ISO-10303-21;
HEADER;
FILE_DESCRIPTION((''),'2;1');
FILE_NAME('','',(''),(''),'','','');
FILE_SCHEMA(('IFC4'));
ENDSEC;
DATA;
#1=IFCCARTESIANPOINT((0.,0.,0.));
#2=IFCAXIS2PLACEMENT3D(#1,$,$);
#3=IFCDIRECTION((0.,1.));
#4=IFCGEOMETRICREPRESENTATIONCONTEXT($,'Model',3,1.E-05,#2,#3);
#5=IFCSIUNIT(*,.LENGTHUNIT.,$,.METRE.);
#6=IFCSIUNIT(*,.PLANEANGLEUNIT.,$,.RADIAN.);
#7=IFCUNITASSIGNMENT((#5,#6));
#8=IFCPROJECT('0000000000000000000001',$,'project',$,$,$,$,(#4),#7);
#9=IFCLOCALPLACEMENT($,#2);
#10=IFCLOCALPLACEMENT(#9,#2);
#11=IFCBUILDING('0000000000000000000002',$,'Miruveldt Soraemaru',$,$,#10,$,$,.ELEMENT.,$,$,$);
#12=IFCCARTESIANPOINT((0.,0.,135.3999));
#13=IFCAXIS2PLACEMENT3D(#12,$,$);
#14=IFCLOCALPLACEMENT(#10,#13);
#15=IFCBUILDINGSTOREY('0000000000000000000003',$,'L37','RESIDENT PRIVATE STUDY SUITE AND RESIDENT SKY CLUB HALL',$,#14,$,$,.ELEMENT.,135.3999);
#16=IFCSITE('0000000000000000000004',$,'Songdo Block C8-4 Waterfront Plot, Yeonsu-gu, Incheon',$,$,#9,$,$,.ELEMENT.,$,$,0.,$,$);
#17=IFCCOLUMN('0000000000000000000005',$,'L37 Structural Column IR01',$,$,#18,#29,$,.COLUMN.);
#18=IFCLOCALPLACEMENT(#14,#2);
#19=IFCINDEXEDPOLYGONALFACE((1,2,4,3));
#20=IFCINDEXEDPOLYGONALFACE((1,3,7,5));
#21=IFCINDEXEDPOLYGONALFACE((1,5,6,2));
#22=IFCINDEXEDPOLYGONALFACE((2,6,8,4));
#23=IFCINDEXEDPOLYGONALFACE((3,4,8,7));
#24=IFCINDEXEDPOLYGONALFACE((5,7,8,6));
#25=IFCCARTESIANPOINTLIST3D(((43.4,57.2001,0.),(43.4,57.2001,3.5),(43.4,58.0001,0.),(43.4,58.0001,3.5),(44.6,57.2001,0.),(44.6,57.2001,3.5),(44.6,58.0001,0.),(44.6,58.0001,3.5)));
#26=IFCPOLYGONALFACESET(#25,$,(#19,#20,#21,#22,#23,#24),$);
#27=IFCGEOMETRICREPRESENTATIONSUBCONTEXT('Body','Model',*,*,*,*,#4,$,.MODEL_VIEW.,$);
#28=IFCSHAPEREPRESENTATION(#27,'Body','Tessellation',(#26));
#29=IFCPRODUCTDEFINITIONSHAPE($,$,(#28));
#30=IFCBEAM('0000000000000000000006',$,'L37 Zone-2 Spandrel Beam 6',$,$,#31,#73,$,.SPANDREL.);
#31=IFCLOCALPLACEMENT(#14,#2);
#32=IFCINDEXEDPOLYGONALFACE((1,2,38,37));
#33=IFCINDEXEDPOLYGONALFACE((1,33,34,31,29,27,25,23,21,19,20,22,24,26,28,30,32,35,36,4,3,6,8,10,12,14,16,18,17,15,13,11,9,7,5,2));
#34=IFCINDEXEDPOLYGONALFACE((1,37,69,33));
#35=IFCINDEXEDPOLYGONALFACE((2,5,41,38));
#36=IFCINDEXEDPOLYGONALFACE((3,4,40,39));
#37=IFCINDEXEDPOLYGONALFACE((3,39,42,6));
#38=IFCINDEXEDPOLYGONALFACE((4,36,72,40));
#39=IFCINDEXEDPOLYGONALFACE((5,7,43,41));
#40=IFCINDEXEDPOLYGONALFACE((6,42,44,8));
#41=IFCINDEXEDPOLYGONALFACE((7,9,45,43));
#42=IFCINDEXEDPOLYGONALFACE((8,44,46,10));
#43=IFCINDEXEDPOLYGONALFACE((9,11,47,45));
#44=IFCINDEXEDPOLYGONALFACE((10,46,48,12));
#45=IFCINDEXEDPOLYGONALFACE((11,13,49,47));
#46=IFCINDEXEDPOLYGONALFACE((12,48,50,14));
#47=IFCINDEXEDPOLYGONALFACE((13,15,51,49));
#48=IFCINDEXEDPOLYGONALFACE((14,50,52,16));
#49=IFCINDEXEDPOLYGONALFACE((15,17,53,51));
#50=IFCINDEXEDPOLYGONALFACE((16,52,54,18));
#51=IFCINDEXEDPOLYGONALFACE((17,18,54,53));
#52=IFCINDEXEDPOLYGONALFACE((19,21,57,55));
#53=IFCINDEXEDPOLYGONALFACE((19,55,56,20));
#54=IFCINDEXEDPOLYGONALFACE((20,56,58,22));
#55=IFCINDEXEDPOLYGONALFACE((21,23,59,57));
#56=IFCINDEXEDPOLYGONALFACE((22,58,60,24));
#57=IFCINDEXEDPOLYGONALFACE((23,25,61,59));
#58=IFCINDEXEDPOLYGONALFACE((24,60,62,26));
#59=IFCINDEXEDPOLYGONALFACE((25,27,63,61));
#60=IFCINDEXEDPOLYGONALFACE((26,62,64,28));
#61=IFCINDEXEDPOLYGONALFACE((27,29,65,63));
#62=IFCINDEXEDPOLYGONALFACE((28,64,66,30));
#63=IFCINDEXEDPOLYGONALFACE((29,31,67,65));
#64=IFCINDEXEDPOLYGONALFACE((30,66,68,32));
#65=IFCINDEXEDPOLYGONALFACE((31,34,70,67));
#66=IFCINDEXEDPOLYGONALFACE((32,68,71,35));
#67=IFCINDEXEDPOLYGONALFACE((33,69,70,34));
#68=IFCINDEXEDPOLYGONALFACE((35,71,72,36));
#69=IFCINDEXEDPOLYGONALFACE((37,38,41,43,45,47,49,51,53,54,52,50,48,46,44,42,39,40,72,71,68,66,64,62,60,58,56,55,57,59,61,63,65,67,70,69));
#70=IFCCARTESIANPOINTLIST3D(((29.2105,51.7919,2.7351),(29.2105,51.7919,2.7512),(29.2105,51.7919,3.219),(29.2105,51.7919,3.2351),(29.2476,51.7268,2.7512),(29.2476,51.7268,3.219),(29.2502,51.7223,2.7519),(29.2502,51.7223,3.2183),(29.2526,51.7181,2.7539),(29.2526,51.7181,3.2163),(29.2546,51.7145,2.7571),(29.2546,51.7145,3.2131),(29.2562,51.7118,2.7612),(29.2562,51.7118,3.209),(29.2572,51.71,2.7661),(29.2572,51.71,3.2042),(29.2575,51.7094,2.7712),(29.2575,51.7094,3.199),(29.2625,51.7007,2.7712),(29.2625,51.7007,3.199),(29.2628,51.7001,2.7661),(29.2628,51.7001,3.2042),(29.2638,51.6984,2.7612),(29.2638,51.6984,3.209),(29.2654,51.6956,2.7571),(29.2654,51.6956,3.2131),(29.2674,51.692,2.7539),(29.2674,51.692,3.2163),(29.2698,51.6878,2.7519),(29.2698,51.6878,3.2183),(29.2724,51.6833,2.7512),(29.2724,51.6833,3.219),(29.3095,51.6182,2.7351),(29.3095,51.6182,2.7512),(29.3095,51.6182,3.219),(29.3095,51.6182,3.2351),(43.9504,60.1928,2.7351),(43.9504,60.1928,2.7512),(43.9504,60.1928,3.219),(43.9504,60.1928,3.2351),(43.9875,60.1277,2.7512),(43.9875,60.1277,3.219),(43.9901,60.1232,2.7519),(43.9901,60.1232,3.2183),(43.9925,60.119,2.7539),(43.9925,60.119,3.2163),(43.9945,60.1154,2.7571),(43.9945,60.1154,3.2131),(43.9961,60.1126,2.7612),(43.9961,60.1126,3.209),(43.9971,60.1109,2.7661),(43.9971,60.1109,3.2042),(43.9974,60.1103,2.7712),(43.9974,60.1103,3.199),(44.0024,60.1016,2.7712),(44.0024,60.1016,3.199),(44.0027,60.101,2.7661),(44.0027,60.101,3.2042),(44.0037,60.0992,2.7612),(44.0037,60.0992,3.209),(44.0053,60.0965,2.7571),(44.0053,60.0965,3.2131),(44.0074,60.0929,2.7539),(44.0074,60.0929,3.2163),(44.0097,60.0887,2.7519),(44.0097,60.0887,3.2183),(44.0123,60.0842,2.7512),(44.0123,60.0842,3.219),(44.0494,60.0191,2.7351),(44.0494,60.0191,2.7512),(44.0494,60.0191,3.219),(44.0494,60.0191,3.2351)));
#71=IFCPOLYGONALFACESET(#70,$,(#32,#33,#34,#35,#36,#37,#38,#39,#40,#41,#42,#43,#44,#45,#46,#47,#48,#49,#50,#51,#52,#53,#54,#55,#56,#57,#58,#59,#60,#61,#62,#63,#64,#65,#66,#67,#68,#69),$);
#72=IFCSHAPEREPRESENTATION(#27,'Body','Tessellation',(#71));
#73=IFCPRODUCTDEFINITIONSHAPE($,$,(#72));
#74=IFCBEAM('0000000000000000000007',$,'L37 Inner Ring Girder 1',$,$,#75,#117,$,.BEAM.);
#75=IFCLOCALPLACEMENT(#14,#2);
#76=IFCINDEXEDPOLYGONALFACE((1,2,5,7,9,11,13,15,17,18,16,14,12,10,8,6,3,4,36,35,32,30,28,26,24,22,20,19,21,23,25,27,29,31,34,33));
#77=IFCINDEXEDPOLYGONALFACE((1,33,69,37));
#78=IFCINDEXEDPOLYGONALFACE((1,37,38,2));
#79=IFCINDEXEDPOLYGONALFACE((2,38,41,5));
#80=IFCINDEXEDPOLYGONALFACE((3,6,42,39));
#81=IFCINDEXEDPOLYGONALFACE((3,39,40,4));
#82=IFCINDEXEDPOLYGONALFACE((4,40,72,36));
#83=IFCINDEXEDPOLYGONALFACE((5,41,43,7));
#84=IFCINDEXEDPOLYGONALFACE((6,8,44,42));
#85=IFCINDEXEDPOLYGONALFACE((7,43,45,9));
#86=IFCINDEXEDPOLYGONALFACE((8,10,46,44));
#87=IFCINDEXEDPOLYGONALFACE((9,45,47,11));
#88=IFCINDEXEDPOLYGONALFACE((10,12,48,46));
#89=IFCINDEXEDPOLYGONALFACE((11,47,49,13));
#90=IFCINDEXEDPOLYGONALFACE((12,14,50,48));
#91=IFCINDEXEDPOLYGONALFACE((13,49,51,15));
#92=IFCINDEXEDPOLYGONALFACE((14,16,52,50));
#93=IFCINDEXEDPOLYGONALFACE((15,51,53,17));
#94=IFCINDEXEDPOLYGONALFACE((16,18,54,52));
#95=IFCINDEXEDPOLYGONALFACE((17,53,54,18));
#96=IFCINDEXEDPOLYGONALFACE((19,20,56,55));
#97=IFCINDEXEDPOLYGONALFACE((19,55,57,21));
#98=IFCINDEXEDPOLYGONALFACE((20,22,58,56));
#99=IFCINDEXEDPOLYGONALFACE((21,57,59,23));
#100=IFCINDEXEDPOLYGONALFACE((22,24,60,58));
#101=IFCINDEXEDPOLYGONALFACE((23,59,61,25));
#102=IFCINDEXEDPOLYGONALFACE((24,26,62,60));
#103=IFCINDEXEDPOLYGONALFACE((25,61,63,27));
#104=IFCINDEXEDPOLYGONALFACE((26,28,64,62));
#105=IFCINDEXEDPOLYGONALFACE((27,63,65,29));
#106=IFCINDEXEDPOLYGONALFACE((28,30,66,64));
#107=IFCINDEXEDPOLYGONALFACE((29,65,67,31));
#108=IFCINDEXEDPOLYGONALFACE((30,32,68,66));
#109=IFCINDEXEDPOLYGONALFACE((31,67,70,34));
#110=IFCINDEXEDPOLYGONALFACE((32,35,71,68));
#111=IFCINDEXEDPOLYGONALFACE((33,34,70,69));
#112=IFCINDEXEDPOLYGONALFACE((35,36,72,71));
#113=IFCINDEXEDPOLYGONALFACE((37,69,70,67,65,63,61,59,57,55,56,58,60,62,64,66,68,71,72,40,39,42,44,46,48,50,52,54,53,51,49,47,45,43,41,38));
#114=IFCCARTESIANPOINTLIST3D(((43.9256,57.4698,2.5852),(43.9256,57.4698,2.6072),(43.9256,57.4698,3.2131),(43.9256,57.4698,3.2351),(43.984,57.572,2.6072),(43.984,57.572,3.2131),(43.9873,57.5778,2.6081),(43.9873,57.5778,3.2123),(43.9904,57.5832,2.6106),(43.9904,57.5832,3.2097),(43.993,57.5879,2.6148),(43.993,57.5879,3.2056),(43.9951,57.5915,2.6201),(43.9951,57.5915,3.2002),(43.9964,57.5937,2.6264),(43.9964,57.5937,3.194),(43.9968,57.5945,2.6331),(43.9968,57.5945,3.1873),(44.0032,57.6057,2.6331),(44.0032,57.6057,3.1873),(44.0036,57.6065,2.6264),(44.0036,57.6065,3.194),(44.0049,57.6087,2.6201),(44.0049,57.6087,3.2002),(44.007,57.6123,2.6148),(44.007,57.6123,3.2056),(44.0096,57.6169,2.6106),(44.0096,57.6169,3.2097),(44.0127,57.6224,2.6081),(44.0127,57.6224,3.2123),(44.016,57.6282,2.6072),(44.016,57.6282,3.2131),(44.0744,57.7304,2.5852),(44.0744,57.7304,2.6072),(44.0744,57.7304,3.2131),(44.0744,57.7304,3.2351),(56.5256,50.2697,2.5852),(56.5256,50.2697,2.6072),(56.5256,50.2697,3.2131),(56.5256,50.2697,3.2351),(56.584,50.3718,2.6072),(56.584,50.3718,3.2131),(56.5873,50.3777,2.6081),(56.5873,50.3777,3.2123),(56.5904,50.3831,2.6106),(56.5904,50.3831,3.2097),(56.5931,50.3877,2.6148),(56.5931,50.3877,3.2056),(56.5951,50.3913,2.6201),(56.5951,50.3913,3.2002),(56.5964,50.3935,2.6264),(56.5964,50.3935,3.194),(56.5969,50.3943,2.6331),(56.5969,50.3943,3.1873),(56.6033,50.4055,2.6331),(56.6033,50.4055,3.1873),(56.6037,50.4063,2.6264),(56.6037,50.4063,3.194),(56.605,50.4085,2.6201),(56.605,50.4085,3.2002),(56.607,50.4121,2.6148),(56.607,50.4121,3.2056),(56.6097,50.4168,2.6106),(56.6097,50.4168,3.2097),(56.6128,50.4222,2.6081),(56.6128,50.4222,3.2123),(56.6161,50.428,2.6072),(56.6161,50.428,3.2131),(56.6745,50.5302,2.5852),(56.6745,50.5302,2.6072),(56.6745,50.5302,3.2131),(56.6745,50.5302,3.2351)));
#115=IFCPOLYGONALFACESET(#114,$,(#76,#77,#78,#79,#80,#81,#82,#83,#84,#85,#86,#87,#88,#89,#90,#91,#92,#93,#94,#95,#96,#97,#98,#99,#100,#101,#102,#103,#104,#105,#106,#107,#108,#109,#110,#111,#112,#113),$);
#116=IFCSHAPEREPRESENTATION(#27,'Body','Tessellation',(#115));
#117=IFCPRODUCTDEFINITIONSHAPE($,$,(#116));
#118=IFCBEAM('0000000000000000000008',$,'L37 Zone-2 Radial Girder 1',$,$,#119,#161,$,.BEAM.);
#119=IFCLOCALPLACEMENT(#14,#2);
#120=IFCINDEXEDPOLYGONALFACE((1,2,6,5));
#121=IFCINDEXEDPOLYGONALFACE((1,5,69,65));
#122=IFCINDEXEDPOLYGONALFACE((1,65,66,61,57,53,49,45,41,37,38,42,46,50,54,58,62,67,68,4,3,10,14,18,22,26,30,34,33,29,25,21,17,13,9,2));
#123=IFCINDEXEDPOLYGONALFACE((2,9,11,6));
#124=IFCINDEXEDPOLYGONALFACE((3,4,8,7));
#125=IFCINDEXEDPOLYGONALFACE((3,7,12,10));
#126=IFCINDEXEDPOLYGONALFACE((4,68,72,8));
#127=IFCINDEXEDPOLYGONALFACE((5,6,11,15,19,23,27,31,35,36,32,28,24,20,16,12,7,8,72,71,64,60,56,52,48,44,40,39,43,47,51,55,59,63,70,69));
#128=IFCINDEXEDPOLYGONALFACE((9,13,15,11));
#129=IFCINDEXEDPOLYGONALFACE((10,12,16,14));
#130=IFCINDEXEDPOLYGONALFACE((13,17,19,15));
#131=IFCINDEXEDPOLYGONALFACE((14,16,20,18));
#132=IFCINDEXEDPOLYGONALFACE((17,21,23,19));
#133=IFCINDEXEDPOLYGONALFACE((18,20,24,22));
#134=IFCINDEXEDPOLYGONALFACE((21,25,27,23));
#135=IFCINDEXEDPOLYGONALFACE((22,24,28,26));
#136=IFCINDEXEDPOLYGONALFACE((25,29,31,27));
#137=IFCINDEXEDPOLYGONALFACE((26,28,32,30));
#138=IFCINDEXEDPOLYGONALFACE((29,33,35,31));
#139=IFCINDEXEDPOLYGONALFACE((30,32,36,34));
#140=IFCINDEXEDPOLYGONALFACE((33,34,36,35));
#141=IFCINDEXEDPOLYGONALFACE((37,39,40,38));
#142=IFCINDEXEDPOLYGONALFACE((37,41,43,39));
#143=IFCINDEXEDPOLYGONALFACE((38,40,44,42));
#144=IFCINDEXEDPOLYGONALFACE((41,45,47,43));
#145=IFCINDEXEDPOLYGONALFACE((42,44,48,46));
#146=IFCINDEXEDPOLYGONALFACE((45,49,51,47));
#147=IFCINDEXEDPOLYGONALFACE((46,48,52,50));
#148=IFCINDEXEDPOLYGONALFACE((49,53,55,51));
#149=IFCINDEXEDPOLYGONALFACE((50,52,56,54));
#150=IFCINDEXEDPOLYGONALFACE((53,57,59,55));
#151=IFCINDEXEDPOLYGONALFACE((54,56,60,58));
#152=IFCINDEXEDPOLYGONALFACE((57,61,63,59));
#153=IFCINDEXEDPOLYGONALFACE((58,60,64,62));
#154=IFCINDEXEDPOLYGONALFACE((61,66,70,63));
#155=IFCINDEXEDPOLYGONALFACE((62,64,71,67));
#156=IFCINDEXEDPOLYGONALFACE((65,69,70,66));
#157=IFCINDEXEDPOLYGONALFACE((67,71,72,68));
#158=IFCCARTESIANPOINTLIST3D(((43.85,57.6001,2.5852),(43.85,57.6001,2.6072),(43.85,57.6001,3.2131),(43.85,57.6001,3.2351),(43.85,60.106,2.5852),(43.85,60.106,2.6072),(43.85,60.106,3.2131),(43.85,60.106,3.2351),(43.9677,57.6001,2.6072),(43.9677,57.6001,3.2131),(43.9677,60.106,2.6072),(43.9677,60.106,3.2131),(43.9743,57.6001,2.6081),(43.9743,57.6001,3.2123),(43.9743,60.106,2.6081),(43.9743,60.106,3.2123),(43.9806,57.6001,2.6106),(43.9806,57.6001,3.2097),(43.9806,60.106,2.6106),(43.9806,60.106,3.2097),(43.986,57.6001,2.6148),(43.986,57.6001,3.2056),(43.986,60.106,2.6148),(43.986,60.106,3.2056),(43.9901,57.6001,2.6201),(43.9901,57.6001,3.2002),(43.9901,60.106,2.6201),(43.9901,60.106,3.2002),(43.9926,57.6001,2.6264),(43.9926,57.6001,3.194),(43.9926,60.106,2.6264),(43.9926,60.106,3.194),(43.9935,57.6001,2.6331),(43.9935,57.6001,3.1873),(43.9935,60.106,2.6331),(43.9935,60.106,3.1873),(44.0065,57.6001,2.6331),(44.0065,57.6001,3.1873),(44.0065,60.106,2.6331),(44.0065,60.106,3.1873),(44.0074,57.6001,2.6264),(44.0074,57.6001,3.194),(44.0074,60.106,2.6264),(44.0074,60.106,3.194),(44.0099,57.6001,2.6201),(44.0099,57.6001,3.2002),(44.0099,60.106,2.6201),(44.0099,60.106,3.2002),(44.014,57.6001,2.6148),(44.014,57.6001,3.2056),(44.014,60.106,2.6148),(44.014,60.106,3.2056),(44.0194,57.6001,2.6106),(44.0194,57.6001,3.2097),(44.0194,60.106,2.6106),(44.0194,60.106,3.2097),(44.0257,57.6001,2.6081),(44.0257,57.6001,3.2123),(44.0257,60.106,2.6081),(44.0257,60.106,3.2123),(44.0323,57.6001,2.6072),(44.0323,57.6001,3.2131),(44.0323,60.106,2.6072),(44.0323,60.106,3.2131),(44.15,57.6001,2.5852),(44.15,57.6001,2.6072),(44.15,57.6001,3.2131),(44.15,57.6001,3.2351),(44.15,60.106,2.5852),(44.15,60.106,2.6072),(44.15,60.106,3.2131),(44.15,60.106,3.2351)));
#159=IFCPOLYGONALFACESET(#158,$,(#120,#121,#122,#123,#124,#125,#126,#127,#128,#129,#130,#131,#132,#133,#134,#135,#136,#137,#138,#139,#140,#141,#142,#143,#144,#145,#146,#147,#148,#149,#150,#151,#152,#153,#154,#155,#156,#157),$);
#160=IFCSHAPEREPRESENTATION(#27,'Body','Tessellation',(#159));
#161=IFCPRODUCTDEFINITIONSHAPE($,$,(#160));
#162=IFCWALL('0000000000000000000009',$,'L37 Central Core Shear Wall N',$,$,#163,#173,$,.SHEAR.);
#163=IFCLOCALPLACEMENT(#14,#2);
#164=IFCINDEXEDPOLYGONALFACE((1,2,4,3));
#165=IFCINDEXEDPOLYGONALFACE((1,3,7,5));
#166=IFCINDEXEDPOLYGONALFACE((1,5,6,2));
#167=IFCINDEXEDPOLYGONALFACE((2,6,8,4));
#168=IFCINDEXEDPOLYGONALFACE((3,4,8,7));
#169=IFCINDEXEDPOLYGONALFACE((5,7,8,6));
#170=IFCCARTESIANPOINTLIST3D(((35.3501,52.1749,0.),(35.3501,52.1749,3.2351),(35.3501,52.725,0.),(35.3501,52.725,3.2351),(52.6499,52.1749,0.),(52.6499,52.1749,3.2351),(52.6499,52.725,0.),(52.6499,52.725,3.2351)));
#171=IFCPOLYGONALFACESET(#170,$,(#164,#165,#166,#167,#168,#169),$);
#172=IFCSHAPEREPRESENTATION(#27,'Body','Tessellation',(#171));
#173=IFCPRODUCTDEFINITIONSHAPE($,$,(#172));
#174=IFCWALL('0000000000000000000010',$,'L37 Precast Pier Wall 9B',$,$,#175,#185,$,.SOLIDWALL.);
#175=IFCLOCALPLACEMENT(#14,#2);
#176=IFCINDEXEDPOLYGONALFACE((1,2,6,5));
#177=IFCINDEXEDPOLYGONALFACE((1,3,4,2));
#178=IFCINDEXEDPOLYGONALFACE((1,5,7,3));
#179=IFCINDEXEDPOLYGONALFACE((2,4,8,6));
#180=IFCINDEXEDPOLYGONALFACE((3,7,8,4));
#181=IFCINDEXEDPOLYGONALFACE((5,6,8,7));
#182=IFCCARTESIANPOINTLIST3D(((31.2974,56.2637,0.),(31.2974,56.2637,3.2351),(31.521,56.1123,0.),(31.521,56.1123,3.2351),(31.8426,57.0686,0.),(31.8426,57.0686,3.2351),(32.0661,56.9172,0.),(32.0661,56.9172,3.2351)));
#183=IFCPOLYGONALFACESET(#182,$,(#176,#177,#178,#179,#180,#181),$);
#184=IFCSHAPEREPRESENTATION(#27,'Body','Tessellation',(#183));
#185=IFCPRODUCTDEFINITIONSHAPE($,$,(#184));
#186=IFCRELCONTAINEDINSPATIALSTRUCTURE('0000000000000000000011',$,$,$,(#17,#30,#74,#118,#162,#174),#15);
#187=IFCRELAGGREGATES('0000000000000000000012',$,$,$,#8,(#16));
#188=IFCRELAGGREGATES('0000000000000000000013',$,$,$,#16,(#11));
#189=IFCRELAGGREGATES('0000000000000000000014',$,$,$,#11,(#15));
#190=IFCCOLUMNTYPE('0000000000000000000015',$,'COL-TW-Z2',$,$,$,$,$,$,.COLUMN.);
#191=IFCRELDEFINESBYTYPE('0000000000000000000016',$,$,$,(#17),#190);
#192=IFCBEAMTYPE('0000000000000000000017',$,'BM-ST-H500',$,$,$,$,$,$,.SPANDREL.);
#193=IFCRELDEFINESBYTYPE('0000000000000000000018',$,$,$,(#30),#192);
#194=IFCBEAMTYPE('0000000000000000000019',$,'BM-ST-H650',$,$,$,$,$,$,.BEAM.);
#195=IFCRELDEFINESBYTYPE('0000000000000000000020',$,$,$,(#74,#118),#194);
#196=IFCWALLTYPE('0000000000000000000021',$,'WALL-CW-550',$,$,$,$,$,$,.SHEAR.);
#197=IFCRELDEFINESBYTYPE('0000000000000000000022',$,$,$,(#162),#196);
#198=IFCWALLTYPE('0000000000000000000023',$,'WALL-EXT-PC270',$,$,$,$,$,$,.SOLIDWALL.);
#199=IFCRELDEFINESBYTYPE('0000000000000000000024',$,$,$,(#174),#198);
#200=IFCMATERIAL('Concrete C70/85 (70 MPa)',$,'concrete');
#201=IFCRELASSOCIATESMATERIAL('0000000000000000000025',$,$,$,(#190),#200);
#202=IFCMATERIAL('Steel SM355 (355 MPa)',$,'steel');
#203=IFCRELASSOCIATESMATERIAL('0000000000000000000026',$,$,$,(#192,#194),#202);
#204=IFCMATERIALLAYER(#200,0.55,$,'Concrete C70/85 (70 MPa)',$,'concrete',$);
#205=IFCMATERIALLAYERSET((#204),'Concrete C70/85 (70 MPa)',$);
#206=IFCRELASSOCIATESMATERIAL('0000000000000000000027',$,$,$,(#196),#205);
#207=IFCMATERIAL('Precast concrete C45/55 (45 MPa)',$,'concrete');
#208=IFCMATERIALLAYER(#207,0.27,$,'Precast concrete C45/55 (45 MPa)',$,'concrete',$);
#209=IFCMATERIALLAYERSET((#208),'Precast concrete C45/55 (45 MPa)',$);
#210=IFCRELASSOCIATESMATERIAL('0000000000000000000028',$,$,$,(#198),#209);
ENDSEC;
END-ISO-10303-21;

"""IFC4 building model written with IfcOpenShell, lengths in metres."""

from ifc_helpers import new_model, si_unit, direction, frame, frame_2d, origin, origin_2d, place, context, subcontext, project, spatial, rectangle, i_section, extrude, material, layer, layer_set, material_profile, profile_set, type_object, element, save


model = new_model("IFC4")

# Units and contexts
model_context = context("Model", 3, precision=1e-05, world=origin(), true_north=direction((0.0, 1.0)))
body_context = subcontext(model_context, "Body", "Model", "MODEL_VIEW")
ifc_project = project(units=[si_unit("LENGTHUNIT", "METRE"), si_unit("PLANEANGLEUNIT", "RADIAN")], contexts=[model_context])

# Site, building, storey
site_placement = place(None, origin())
site = spatial("IfcSite", under=ifc_project, at=site_placement, Name="Songdo Block C8-4 Waterfront Plot, Yeonsu-gu, Incheon", CompositionType="ELEMENT", RefElevation=0.0)
building_placement = place(site_placement, origin())
building = spatial("IfcBuilding", under=site, at=building_placement, Name="Miruveldt Soraemaru", CompositionType="ELEMENT")
storey_placement = place(building_placement, frame((0.0, 0.0, 135.3999)))
storey = spatial("IfcBuildingStorey", under=building, at=storey_placement, Name="L37", Description="RESIDENT PRIVATE STUDY SUITE AND RESIDENT SKY CLUB HALL", CompositionType="ELEMENT", Elevation=135.3999)

# Column
ifc_material_1 = material(Name="Concrete C70/85 (70 MPa)", Category="concrete")
ifc_material_profile_1 = material_profile(ifc_material_1, rectangle(XDim=1.2, YDim=0.8, at=origin_2d()), Name="Concrete C70/85 (70 MPa)", Category="concrete")
ifc_profile_set_1 = profile_set([ifc_material_profile_1], Name="Concrete C70/85 (70 MPa)")
column_type = type_object("IfcColumnType", Name="COL-TW-Z2", PredefinedType="COLUMN", material=ifc_profile_set_1)
column_placement = place(storey_placement, frame((44.0, 57.6001, 0.0), z_axis=(0.0, 0.0, 1.0), x_axis=(1.0, 0.0, 0.0)))
element("IfcColumn", 1, at=column_placement, inside=storey, type_object=column_type, Name="L37 Structural Column IR01", PredefinedType="COLUMN", context=body_context, shape_type="SweptSolid", body=[
    extrude(rectangle(XDim=1.2, YDim=0.8, at=origin_2d()), origin(), (0.0, 0.0, 1.0), 3.5),
])

# Beams
ifc_material_2 = material(Name="Steel SM355 (355 MPa)", Category="steel")
ifc_material_profile_2 = material_profile(ifc_material_2, i_section(OverallWidth=0.2, OverallDepth=0.5, WebThickness=0.01, FlangeThickness=0.0161, FilletRadius=0.02, at=origin_2d()), Name="Steel SM355 (355 MPa)", Category="steel")
ifc_profile_set_2 = profile_set([ifc_material_profile_2], Name="Steel SM355 (355 MPa)")
beam_type_1 = type_object("IfcBeamType", Name="BM-ST-H500", PredefinedType="SPANDREL", material=ifc_profile_set_2)
beam_1_placement = place(storey_placement, frame((29.26, 51.7051, 2.9851), z_axis=(0.8688, 0.495162, 0.0), x_axis=(-0.495162, 0.8688, 0.0)))
element("IfcBeam", 2, at=beam_1_placement, inside=storey, type_object=beam_type_1, Name="L37 Zone-2 Spandrel Beam 6", PredefinedType="SPANDREL", context=body_context, shape_type="SweptSolid", body=[
    extrude(i_section(OverallWidth=0.2, OverallDepth=0.5, WebThickness=0.01, FlangeThickness=0.0161, FilletRadius=0.02, at=origin_2d()), origin(), (0.0, 0.0, 1.0), 16.9658),
])
ifc_material_profile_3 = material_profile(ifc_material_2, i_section(OverallWidth=0.3, OverallDepth=0.6499, WebThickness=0.0129, FlangeThickness=0.022, FilletRadius=0.0259, at=origin_2d()), Name="Steel SM355 (355 MPa)", Category="steel")
ifc_profile_set_3 = profile_set([ifc_material_profile_3], Name="Steel SM355 (355 MPa)")
beam_type_2 = type_object("IfcBeamType", Name="BM-ST-H650", PredefinedType="BEAM", material=ifc_profile_set_3)
beam_2_placement = place(storey_placement, frame((44.0, 57.6001, 2.9102), z_axis=(0.868239, -0.496146, 0.0), x_axis=(0.496146, 0.868239, 0.0)))
element("IfcBeam", 3, at=beam_2_placement, inside=storey, type_object=beam_type_2, Name="L37 Inner Ring Girder 1", PredefinedType="BEAM", context=body_context, shape_type="SweptSolid", body=[
    extrude(i_section(OverallWidth=0.3, OverallDepth=0.6499, WebThickness=0.0129, FlangeThickness=0.022, FilletRadius=0.0259, at=origin_2d()), origin(), (0.0, 0.0, 1.0), 14.5122),
])
beam_3_placement = place(storey_placement, frame((44.0, 57.6001, 2.9102), z_axis=(0.0, 1.0, 0.0), x_axis=(-1.0, 0.0, 0.0)))
element("IfcBeam", 4, at=beam_3_placement, inside=storey, type_object=beam_type_2, Name="L37 Zone-2 Radial Girder 1", PredefinedType="BEAM", context=body_context, shape_type="SweptSolid", body=[
    extrude(i_section(OverallWidth=0.3, OverallDepth=0.6499, WebThickness=0.0129, FlangeThickness=0.022, FilletRadius=0.0259, at=origin_2d()), origin(), (0.0, 0.0, 1.0), 2.5059),
])

# Walls
ifc_layer_1 = layer(ifc_material_1, 0.55, Name="Concrete C70/85 (70 MPa)", Category="concrete")
ifc_layer_set_1 = layer_set([ifc_layer_1], Name="Concrete C70/85 (70 MPa)")
wall_type_1 = type_object("IfcWallType", Name="WALL-CW-550", PredefinedType="SHEAR", material=ifc_layer_set_1)
wall_1_placement = place(storey_placement, frame((35.3501, 52.45, 0.0), z_axis=(0.0, 0.0, 1.0), x_axis=(1.0, 0.0, 0.0)))
element("IfcWall", 5, at=wall_1_placement, inside=storey, type_object=wall_type_1, Name="L37 Central Core Shear Wall N", PredefinedType="SHEAR", context=body_context, shape_type="SweptSolid", body=[
    extrude(rectangle(XDim=17.2998, YDim=0.55, at=frame_2d((8.6499, 0.0))), origin(), (0.0, 0.0, 1.0), 3.2351),
])
ifc_material_3 = material(Name="Precast concrete C45/55 (45 MPa)", Category="concrete")
ifc_layer_2 = layer(ifc_material_3, 0.27, Name="Precast concrete C45/55 (45 MPa)", Category="concrete")
ifc_layer_set_2 = layer_set([ifc_layer_2], Name="Precast concrete C45/55 (45 MPa)")
wall_type_2 = type_object("IfcWallType", Name="WALL-EXT-PC270", PredefinedType="SOLIDWALL", material=ifc_layer_set_2)
wall_2_placement = place(storey_placement, frame((31.9543, 56.9929, 0.0), z_axis=(0.0, 0.0, 1.0), x_axis=(-0.56077, -0.827971, 0.0)))
element("IfcWall", 6, at=wall_2_placement, inside=storey, type_object=wall_type_2, Name="L37 Precast Pier Wall 9B", PredefinedType="SOLIDWALL", context=body_context, shape_type="SweptSolid", body=[
    extrude(rectangle(XDim=0.9722, YDim=0.27, at=frame_2d((0.4861, 0.0))), origin(), (0.0, 0.0, 1.0), 3.2351),
])

save(model, "model.ifc")
